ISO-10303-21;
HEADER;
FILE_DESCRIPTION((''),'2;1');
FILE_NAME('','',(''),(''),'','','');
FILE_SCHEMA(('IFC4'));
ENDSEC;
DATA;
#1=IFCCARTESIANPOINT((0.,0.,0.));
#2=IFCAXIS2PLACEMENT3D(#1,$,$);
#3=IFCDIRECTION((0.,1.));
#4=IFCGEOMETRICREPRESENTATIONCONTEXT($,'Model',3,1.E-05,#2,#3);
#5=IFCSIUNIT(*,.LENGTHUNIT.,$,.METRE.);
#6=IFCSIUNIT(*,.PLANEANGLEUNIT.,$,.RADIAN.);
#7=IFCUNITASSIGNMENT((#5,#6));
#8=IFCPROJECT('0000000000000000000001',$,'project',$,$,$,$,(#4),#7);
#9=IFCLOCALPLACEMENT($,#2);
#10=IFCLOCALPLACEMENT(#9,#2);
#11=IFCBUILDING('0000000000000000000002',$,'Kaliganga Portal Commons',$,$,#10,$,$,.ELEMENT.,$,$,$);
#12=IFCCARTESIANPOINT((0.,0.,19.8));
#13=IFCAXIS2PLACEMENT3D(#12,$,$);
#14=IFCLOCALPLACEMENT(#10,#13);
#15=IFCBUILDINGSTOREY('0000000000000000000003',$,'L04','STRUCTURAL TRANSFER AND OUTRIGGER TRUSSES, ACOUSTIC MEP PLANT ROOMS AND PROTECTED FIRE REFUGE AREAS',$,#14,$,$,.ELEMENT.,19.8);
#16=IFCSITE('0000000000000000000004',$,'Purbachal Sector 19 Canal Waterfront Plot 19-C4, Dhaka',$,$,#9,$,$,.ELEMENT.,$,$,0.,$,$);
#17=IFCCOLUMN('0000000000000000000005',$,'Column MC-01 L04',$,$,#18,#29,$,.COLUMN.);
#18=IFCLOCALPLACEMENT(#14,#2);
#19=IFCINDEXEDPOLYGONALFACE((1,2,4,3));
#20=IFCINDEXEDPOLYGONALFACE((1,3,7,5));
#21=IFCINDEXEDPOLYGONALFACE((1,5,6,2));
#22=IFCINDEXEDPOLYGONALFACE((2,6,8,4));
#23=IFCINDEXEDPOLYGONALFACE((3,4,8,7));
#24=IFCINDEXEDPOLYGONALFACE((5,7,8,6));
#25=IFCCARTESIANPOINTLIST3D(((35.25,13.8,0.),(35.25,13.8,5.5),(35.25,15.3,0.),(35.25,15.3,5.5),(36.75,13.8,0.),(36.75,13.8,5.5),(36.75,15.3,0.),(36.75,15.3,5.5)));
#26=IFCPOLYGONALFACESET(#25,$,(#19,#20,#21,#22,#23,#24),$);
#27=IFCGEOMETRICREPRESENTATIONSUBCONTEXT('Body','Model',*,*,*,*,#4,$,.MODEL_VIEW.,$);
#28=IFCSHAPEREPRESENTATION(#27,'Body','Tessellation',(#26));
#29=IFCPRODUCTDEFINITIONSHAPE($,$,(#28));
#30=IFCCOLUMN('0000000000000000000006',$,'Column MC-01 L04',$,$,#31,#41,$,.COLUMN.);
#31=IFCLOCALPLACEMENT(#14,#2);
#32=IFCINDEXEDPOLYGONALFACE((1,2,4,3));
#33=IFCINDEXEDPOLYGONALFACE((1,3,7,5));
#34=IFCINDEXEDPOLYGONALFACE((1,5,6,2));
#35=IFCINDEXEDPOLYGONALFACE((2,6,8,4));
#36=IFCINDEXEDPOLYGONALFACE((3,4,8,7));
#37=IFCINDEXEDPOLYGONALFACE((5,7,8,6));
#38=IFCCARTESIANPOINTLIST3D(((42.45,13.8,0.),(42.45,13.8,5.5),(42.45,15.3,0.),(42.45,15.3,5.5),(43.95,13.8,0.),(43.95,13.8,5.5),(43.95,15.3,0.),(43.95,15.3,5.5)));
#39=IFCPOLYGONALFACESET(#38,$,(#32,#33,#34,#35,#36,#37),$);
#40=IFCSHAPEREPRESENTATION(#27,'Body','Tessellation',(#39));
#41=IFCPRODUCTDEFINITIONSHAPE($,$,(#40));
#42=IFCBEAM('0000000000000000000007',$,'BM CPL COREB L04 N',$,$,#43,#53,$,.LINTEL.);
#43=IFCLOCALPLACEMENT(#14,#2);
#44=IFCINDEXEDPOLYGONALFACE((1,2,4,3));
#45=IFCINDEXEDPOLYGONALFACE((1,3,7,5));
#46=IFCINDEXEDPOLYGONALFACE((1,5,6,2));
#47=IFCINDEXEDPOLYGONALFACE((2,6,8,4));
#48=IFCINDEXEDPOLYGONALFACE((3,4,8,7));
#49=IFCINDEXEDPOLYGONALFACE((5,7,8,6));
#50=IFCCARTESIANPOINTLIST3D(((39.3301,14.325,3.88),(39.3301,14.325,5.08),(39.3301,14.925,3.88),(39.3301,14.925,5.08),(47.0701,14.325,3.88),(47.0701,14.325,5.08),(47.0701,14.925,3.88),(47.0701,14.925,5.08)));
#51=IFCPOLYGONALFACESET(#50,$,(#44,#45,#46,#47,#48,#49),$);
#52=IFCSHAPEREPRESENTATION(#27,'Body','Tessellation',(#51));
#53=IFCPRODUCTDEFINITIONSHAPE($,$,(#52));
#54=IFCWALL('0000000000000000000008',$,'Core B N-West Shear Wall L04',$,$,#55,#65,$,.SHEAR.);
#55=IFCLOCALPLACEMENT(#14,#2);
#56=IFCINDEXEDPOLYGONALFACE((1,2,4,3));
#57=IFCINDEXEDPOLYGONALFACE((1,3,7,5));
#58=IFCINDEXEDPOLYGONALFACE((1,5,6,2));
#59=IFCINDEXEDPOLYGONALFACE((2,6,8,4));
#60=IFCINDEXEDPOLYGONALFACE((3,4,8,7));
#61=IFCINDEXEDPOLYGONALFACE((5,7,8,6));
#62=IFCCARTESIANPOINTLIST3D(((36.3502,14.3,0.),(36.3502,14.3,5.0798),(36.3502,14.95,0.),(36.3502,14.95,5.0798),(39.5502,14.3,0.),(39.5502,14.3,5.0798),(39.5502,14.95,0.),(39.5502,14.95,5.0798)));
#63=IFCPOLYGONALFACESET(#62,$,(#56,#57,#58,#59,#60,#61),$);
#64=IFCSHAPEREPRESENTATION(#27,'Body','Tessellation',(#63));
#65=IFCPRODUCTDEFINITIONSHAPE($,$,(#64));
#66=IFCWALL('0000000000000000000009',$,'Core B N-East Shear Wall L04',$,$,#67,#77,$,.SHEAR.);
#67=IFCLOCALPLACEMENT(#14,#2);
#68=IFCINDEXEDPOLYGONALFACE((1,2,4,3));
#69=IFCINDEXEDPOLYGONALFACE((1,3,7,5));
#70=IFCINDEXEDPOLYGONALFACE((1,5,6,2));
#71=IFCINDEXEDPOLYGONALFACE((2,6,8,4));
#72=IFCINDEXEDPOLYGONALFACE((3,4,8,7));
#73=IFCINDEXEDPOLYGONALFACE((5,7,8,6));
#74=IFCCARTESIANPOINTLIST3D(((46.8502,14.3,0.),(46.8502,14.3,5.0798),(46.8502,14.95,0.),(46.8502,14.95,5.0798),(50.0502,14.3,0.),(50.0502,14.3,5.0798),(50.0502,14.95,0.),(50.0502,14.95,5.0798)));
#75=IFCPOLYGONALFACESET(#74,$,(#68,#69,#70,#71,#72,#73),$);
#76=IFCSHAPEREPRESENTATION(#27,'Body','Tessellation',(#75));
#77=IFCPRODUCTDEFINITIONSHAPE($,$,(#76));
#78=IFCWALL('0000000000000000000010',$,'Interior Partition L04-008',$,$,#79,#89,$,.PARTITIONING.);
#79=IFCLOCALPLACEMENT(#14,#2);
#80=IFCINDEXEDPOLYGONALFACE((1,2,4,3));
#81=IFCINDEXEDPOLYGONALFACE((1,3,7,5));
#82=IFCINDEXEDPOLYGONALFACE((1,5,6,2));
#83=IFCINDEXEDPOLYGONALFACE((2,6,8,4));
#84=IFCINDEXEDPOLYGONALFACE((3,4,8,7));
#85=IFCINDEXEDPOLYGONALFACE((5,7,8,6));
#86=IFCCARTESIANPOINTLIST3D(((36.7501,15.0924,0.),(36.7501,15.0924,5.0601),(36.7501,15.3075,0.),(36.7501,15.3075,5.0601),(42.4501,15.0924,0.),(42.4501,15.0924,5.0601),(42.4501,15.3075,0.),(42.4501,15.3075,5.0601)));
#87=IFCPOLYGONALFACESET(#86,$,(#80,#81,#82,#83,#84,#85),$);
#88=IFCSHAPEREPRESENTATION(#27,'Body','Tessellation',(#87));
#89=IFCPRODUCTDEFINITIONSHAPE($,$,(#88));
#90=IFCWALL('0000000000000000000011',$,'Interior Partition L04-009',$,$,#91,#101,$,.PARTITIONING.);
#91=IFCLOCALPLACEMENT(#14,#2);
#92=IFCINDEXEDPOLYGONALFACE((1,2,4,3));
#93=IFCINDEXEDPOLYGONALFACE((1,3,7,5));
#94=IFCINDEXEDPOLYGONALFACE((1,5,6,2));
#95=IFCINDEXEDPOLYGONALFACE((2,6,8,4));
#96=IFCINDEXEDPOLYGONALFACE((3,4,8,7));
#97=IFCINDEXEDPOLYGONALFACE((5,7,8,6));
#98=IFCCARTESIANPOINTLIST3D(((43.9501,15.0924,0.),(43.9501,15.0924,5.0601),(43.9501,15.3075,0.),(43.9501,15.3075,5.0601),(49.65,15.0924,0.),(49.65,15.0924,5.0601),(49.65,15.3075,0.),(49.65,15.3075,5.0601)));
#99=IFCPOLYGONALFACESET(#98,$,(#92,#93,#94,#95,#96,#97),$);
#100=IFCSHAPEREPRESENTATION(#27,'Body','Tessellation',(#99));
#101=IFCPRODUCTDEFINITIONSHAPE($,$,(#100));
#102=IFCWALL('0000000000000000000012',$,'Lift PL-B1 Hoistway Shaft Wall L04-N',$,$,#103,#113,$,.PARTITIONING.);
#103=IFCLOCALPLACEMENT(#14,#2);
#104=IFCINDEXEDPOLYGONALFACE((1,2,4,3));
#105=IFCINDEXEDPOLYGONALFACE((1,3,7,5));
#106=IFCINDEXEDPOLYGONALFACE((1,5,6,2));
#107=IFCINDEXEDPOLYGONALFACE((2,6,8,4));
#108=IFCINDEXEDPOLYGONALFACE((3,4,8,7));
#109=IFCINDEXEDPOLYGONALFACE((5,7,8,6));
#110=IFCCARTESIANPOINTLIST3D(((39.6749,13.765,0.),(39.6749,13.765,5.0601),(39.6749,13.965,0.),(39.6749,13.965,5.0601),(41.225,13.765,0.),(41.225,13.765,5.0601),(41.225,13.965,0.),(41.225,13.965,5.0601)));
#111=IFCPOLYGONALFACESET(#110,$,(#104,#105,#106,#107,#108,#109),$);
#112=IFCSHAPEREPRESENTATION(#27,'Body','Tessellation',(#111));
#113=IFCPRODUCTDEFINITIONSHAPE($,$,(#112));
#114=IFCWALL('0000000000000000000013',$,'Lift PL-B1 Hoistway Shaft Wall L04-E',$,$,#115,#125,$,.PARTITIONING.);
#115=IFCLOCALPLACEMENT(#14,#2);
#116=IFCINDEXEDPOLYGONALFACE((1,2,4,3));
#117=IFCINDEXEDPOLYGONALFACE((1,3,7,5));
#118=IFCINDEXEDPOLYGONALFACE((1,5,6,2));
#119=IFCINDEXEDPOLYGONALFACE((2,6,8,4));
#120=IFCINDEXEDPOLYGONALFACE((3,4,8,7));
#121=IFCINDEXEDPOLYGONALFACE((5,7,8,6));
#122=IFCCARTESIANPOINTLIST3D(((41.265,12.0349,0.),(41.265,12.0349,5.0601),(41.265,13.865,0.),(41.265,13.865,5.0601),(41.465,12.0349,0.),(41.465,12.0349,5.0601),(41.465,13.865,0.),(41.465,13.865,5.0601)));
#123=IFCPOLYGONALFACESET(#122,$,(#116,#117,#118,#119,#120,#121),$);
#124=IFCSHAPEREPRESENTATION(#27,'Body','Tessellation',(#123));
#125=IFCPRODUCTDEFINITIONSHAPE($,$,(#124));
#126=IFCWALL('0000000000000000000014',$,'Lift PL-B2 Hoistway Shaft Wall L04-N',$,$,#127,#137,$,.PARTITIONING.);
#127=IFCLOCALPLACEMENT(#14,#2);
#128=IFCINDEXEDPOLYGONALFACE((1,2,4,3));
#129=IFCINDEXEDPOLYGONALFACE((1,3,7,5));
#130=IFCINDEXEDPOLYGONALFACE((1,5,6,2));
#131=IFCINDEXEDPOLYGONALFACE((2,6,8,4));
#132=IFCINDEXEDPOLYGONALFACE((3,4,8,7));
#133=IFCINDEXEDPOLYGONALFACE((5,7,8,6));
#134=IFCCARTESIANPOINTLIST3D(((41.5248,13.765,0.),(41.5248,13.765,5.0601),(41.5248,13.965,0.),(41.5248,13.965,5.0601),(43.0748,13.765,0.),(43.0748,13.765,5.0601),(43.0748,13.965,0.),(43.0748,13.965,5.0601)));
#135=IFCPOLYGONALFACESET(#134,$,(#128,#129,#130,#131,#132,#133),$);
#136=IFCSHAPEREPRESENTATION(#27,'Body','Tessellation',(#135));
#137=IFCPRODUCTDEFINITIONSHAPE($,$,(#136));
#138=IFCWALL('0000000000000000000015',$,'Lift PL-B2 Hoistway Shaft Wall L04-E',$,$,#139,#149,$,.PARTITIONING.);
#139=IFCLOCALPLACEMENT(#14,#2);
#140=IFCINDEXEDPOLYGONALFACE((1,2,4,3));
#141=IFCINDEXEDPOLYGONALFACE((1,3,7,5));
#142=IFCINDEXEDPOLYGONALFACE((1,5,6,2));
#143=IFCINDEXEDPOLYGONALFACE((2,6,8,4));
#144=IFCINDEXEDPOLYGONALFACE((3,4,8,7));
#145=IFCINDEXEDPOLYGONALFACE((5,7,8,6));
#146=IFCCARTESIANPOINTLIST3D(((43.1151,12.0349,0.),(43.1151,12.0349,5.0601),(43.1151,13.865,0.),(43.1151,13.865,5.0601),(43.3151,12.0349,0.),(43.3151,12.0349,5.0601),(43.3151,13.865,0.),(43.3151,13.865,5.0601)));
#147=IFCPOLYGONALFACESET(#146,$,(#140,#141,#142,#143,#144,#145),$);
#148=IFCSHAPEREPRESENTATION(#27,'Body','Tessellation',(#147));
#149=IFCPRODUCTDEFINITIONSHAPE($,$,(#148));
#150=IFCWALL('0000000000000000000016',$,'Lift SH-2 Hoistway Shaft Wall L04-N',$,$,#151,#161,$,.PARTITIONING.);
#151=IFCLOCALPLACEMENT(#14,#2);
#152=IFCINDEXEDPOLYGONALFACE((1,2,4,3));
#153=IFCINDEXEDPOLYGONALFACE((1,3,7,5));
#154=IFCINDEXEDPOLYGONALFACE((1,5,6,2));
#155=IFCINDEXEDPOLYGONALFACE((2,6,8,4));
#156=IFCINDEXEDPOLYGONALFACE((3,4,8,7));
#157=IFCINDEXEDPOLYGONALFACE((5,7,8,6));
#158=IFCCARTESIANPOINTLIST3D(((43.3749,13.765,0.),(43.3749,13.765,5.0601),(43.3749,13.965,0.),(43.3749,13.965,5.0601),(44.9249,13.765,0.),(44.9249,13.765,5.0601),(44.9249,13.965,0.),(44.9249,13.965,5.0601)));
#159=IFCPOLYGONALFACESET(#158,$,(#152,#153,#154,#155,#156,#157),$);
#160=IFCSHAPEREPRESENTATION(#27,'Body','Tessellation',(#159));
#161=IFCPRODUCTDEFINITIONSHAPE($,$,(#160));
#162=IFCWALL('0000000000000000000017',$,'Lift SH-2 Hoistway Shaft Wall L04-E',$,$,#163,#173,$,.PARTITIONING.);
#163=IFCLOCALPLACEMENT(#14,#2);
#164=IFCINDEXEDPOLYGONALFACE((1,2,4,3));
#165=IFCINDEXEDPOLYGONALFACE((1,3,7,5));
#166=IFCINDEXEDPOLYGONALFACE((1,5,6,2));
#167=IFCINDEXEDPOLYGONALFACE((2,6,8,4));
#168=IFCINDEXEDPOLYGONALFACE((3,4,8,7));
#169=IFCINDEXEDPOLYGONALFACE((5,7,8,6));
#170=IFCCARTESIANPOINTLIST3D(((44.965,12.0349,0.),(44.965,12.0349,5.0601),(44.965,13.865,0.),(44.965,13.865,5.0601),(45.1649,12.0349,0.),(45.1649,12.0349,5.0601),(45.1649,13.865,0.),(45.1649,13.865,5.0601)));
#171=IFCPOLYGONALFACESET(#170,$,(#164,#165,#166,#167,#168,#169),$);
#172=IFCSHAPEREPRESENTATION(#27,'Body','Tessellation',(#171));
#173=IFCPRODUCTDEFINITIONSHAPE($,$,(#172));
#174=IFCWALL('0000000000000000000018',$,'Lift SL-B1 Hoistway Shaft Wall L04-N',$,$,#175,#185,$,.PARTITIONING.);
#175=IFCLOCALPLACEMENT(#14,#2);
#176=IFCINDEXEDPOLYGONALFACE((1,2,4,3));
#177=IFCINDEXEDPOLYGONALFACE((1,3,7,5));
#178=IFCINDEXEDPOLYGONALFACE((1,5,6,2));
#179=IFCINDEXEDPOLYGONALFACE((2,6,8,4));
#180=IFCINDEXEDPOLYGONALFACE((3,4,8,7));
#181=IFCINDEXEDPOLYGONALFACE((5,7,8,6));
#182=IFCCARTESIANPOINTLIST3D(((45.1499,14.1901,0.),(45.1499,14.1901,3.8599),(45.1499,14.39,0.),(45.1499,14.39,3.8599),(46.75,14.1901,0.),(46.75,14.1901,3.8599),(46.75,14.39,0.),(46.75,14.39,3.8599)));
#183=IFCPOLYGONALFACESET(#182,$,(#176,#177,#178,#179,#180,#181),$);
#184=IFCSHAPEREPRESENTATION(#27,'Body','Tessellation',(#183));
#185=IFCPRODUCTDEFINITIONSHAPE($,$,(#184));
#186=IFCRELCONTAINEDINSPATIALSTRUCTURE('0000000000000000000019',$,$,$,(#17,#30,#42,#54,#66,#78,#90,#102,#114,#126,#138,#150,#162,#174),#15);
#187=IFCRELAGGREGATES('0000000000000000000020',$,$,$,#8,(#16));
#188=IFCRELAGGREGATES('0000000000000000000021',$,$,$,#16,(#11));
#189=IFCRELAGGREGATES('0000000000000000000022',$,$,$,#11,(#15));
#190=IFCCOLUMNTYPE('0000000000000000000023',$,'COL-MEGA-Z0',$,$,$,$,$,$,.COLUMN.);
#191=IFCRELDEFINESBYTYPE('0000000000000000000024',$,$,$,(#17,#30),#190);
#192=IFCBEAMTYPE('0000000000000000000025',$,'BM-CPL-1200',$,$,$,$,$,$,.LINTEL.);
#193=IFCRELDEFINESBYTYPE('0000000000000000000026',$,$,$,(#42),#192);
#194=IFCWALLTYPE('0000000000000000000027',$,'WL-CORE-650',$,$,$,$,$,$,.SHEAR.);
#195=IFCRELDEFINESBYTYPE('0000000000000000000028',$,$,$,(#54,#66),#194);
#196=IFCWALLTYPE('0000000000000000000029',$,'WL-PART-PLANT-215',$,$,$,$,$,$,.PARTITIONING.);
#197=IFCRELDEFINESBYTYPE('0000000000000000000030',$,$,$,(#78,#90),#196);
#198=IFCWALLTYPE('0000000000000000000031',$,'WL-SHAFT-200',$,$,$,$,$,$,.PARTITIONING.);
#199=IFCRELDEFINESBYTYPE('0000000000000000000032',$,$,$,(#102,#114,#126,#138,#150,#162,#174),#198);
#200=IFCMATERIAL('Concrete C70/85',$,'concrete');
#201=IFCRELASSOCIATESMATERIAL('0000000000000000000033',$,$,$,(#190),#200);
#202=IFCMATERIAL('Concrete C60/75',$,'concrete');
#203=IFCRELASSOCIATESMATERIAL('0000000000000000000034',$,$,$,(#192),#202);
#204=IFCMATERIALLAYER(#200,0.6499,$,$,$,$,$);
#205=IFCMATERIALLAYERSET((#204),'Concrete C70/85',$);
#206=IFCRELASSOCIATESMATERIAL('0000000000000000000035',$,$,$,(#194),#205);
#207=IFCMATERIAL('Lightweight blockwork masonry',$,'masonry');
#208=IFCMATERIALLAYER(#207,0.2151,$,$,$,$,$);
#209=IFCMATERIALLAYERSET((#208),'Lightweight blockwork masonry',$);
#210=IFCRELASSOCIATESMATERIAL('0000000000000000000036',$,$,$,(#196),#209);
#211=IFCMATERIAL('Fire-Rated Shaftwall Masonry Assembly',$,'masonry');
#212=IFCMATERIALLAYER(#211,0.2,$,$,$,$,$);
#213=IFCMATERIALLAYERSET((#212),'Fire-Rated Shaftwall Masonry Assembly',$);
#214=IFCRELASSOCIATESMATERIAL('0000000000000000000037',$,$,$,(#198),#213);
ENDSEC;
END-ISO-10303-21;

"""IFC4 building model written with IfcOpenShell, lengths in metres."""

from ifc_helpers import new_model, si_unit, direction, frame, frame_2d, origin, origin_2d, place, context, subcontext, project, spatial, rectangle, extrude, source, transform, mapped, material, layer, layer_set, material_profile, profile_set, type_object, element, save


model = new_model("IFC4")

# Units and contexts
model_context = context("Model", 3, precision=1e-05, world=origin(), true_north=direction((0.0, 1.0)))
body_context = subcontext(model_context, "Body", "Model", "MODEL_VIEW")
ifc_project = project(units=[si_unit("LENGTHUNIT", "METRE"), si_unit("PLANEANGLEUNIT", "RADIAN")], contexts=[model_context])

# Site, building, storey
site_placement = place(None, origin())
site = spatial("IfcSite", under=ifc_project, at=site_placement, Name="Purbachal Sector 19 Canal Waterfront Plot 19-C4, Dhaka", CompositionType="ELEMENT", RefElevation=0.0)
building_placement = place(site_placement, origin())
building = spatial("IfcBuilding", under=site, at=building_placement, Name="Kaliganga Portal Commons", CompositionType="ELEMENT")
storey_placement = place(building_placement, frame((0.0, 0.0, 19.8)))
storey = spatial("IfcBuildingStorey", under=building, at=storey_placement, Name="L04", Description="STRUCTURAL TRANSFER AND OUTRIGGER TRUSSES, ACOUSTIC MEP PLANT ROOMS AND PROTECTED FIRE REFUGE AREAS", CompositionType="ELEMENT", Elevation=19.8)

# Columns
ifc_material_1 = material(Name="Concrete C70/85", Category="concrete")
ifc_material_profile_1 = material_profile(ifc_material_1, rectangle(XDim=1.5, YDim=1.5, at=origin_2d()), Name="RC 1500x1500")
ifc_profile_set_1 = profile_set([ifc_material_profile_1], Name="Concrete C70/85")
column_type = type_object("IfcColumnType", Name="COL-MEGA-Z0", PredefinedType="COLUMN", material=ifc_profile_set_1)
shared_shape_1 = source(origin(), body_context, "Body", "SweptSolid", [
    extrude(rectangle(XDim=1.5, YDim=1.5, at=origin_2d()), origin(), (0.0, 0.0, 1.0), 5.5),
])
for number, where, z_axis, x_axis, name in (
    (1, (36.0, 14.55, 0.0), (0.0, 0.0, 1.0), (1.0, 0.0, 0.0), "Column MC-01 L04"),
    (2, (43.2, 14.55, 0.0), (0.0, 0.0, 1.0), (1.0, 0.0, 0.0), "Column MC-01 L04"),
):
    element("IfcColumn", number, at=place(storey_placement, frame(where, z_axis=z_axis, x_axis=x_axis)), inside=storey, type_object=column_type, Name=name, PredefinedType="COLUMN", context=body_context, shape_type="MappedRepresentation", body=[
        mapped(shared_shape_1, transform((0.0, 0.0, 0.0), x_axis=(1.0, 0.0, 0.0), y_axis=(0.0, 1.0, 0.0), z_axis=(0.0, 0.0, 1.0), scale=1.0)),
    ])

# Beam
ifc_material_2 = material(Name="Concrete C60/75", Category="concrete")
ifc_material_profile_2 = material_profile(ifc_material_2, rectangle(XDim=0.6001, YDim=1.2, at=origin_2d()), Name="RC 600x1200")
ifc_profile_set_2 = profile_set([ifc_material_profile_2], Name="Concrete C60/75")
beam_type = type_object("IfcBeamType", Name="BM-CPL-1200", PredefinedType="LINTEL", material=ifc_profile_set_2)
shared_shape_2 = source(origin(), body_context, "Body", "SweptSolid", [
    extrude(rectangle(XDim=0.6001, YDim=1.2, at=origin_2d()), origin(), (0.0, 0.0, 1.0), 7.74),
])
beam_placement = place(storey_placement, frame((39.3301, 14.625, 4.48), z_axis=(1.0, 0.0, 0.0), x_axis=(0.0, 1.0, 0.0)))
element("IfcBeam", 3, at=beam_placement, inside=storey, type_object=beam_type, Name="BM CPL COREB L04 N", PredefinedType="LINTEL", context=body_context, shape_type="MappedRepresentation", body=[
    mapped(shared_shape_2, transform((0.0, 0.0, 0.0), x_axis=(1.0, 0.0, 0.0), y_axis=(0.0, 1.0, 0.0), z_axis=(0.0, 0.0, 1.0), scale=1.0)),
])

# Walls
ifc_layer_1 = layer(ifc_material_1, 0.6499)
ifc_layer_set_1 = layer_set([ifc_layer_1], Name="Concrete C70/85")
wall_type_1 = type_object("IfcWallType", Name="WL-CORE-650", PredefinedType="SHEAR", material=ifc_layer_set_1)
for number, where, z_axis, x_axis, name in (
    (4, (36.3501, 14.625, 0.0), (0.0, 0.0, 1.0), (1.0, 0.0, 0.0), "Core B N-West Shear Wall L04"),
    (5, (46.8501, 14.625, 0.0), (0.0, 0.0, 1.0), (1.0, 0.0, 0.0), "Core B N-East Shear Wall L04"),
):
    element("IfcWall", number, at=place(storey_placement, frame(where, z_axis=z_axis, x_axis=x_axis)), inside=storey, type_object=wall_type_1, Name=name, PredefinedType="SHEAR", context=body_context, shape_type="SweptSolid", body=[
        extrude(rectangle(XDim=3.2, YDim=0.6499, at=frame_2d((1.6001, 0.0))), origin(), (0.0, 0.0, 1.0), 5.0798),
    ])
ifc_material_3 = material(Name="Lightweight blockwork masonry", Category="masonry")
ifc_layer_2 = layer(ifc_material_3, 0.2151)
ifc_layer_set_2 = layer_set([ifc_layer_2], Name="Lightweight blockwork masonry")
wall_type_2 = type_object("IfcWallType", Name="WL-PART-PLANT-215", PredefinedType="PARTITIONING", material=ifc_layer_set_2)
for number, where, z_axis, x_axis, name in (
    (6, (36.75, 15.2, 0.0), (0.0, 0.0, 1.0), (1.0, 0.0, 0.0), "Interior Partition L04-008"),
    (7, (43.95, 15.2, 0.0), (0.0, 0.0, 1.0), (1.0, 0.0, 0.0), "Interior Partition L04-009"),
):
    element("IfcWall", number, at=place(storey_placement, frame(where, z_axis=z_axis, x_axis=x_axis)), inside=storey, type_object=wall_type_2, Name=name, PredefinedType="PARTITIONING", context=body_context, shape_type="SweptSolid", body=[
        extrude(rectangle(XDim=5.7, YDim=0.2151, at=frame_2d((2.8501, 0.0))), origin(), (0.0, 0.0, 1.0), 5.0601),
    ])

# Shared definitions
ifc_material_4 = material(Name="Fire-Rated Shaftwall Masonry Assembly", Category="masonry")
ifc_layer_3 = layer(ifc_material_4, 0.2)
ifc_layer_set_3 = layer_set([ifc_layer_3], Name="Fire-Rated Shaftwall Masonry Assembly")
wall_type_3 = type_object("IfcWallType", Name="WL-SHAFT-200", PredefinedType="PARTITIONING", material=ifc_layer_set_3)

# Walls
wall_1_placement = place(storey_placement, frame((39.675, 13.865, 0.0), z_axis=(0.0, 0.0, 1.0), x_axis=(1.0, 0.0, 0.0)))
element("IfcWall", 8, at=wall_1_placement, inside=storey, type_object=wall_type_3, Name="Lift PL-B1 Hoistway Shaft Wall L04-N", PredefinedType="PARTITIONING", context=body_context, shape_type="SweptSolid", body=[
    extrude(rectangle(XDim=1.55, YDim=0.2, at=frame_2d((0.7749, 0.0))), origin(), (0.0, 0.0, 1.0), 5.0601),
])
wall_2_placement = place(storey_placement, frame((41.365, 12.0349, 0.0), z_axis=(0.0, 0.0, 1.0), x_axis=(0.0, 1.0, 0.0)))
element("IfcWall", 9, at=wall_2_placement, inside=storey, type_object=wall_type_3, Name="Lift PL-B1 Hoistway Shaft Wall L04-E", PredefinedType="PARTITIONING", context=body_context, shape_type="SweptSolid", body=[
    extrude(rectangle(XDim=1.8301, YDim=0.2, at=frame_2d((0.915, 0.0))), origin(), (0.0, 0.0, 1.0), 5.0601),
])

# Walls
wall_3_placement = place(storey_placement, frame((41.5249, 13.865, 0.0), z_axis=(0.0, 0.0, 1.0), x_axis=(1.0, 0.0, 0.0)))
element("IfcWall", 10, at=wall_3_placement, inside=storey, type_object=wall_type_3, Name="Lift PL-B2 Hoistway Shaft Wall L04-N", PredefinedType="PARTITIONING", context=body_context, shape_type="SweptSolid", body=[
    extrude(rectangle(XDim=1.55, YDim=0.2, at=frame_2d((0.7749, 0.0))), origin(), (0.0, 0.0, 1.0), 5.0601),
])
wall_4_placement = place(storey_placement, frame((43.2151, 12.0349, 0.0), z_axis=(0.0, 0.0, 1.0), x_axis=(0.0, 1.0, 0.0)))
element("IfcWall", 11, at=wall_4_placement, inside=storey, type_object=wall_type_3, Name="Lift PL-B2 Hoistway Shaft Wall L04-E", PredefinedType="PARTITIONING", context=body_context, shape_type="SweptSolid", body=[
    extrude(rectangle(XDim=1.8301, YDim=0.2, at=frame_2d((0.915, 0.0))), origin(), (0.0, 0.0, 1.0), 5.0601),
])

# Walls
wall_5_placement = place(storey_placement, frame((43.375, 13.865, 0.0), z_axis=(0.0, 0.0, 1.0), x_axis=(1.0, 0.0, 0.0)))
element("IfcWall", 12, at=wall_5_placement, inside=storey, type_object=wall_type_3, Name="Lift SH-2 Hoistway Shaft Wall L04-N", PredefinedType="PARTITIONING", context=body_context, shape_type="SweptSolid", body=[
    extrude(rectangle(XDim=1.55, YDim=0.2, at=frame_2d((0.7749, 0.0))), origin(), (0.0, 0.0, 1.0), 5.0601),
])
wall_6_placement = place(storey_placement, frame((45.0649, 12.0349, 0.0), z_axis=(0.0, 0.0, 1.0), x_axis=(0.0, 1.0, 0.0)))
element("IfcWall", 13, at=wall_6_placement, inside=storey, type_object=wall_type_3, Name="Lift SH-2 Hoistway Shaft Wall L04-E", PredefinedType="PARTITIONING", context=body_context, shape_type="SweptSolid", body=[
    extrude(rectangle(XDim=1.8301, YDim=0.2, at=frame_2d((0.915, 0.0))), origin(), (0.0, 0.0, 1.0), 5.0601),
])

# Wall
wall_7_placement = place(storey_placement, frame((45.1499, 14.29, 0.0), z_axis=(0.0, 0.0, 1.0), x_axis=(1.0, 0.0, 0.0)))
element("IfcWall", 14, at=wall_7_placement, inside=storey, type_object=wall_type_3, Name="Lift SL-B1 Hoistway Shaft Wall L04-N", PredefinedType="PARTITIONING", context=body_context, shape_type="SweptSolid", body=[
    extrude(rectangle(XDim=1.6001, YDim=0.2, at=frame_2d((0.8, 0.0))), origin(), (0.0, 0.0, 1.0), 3.8599),
])

save(model, "model.ifc")
